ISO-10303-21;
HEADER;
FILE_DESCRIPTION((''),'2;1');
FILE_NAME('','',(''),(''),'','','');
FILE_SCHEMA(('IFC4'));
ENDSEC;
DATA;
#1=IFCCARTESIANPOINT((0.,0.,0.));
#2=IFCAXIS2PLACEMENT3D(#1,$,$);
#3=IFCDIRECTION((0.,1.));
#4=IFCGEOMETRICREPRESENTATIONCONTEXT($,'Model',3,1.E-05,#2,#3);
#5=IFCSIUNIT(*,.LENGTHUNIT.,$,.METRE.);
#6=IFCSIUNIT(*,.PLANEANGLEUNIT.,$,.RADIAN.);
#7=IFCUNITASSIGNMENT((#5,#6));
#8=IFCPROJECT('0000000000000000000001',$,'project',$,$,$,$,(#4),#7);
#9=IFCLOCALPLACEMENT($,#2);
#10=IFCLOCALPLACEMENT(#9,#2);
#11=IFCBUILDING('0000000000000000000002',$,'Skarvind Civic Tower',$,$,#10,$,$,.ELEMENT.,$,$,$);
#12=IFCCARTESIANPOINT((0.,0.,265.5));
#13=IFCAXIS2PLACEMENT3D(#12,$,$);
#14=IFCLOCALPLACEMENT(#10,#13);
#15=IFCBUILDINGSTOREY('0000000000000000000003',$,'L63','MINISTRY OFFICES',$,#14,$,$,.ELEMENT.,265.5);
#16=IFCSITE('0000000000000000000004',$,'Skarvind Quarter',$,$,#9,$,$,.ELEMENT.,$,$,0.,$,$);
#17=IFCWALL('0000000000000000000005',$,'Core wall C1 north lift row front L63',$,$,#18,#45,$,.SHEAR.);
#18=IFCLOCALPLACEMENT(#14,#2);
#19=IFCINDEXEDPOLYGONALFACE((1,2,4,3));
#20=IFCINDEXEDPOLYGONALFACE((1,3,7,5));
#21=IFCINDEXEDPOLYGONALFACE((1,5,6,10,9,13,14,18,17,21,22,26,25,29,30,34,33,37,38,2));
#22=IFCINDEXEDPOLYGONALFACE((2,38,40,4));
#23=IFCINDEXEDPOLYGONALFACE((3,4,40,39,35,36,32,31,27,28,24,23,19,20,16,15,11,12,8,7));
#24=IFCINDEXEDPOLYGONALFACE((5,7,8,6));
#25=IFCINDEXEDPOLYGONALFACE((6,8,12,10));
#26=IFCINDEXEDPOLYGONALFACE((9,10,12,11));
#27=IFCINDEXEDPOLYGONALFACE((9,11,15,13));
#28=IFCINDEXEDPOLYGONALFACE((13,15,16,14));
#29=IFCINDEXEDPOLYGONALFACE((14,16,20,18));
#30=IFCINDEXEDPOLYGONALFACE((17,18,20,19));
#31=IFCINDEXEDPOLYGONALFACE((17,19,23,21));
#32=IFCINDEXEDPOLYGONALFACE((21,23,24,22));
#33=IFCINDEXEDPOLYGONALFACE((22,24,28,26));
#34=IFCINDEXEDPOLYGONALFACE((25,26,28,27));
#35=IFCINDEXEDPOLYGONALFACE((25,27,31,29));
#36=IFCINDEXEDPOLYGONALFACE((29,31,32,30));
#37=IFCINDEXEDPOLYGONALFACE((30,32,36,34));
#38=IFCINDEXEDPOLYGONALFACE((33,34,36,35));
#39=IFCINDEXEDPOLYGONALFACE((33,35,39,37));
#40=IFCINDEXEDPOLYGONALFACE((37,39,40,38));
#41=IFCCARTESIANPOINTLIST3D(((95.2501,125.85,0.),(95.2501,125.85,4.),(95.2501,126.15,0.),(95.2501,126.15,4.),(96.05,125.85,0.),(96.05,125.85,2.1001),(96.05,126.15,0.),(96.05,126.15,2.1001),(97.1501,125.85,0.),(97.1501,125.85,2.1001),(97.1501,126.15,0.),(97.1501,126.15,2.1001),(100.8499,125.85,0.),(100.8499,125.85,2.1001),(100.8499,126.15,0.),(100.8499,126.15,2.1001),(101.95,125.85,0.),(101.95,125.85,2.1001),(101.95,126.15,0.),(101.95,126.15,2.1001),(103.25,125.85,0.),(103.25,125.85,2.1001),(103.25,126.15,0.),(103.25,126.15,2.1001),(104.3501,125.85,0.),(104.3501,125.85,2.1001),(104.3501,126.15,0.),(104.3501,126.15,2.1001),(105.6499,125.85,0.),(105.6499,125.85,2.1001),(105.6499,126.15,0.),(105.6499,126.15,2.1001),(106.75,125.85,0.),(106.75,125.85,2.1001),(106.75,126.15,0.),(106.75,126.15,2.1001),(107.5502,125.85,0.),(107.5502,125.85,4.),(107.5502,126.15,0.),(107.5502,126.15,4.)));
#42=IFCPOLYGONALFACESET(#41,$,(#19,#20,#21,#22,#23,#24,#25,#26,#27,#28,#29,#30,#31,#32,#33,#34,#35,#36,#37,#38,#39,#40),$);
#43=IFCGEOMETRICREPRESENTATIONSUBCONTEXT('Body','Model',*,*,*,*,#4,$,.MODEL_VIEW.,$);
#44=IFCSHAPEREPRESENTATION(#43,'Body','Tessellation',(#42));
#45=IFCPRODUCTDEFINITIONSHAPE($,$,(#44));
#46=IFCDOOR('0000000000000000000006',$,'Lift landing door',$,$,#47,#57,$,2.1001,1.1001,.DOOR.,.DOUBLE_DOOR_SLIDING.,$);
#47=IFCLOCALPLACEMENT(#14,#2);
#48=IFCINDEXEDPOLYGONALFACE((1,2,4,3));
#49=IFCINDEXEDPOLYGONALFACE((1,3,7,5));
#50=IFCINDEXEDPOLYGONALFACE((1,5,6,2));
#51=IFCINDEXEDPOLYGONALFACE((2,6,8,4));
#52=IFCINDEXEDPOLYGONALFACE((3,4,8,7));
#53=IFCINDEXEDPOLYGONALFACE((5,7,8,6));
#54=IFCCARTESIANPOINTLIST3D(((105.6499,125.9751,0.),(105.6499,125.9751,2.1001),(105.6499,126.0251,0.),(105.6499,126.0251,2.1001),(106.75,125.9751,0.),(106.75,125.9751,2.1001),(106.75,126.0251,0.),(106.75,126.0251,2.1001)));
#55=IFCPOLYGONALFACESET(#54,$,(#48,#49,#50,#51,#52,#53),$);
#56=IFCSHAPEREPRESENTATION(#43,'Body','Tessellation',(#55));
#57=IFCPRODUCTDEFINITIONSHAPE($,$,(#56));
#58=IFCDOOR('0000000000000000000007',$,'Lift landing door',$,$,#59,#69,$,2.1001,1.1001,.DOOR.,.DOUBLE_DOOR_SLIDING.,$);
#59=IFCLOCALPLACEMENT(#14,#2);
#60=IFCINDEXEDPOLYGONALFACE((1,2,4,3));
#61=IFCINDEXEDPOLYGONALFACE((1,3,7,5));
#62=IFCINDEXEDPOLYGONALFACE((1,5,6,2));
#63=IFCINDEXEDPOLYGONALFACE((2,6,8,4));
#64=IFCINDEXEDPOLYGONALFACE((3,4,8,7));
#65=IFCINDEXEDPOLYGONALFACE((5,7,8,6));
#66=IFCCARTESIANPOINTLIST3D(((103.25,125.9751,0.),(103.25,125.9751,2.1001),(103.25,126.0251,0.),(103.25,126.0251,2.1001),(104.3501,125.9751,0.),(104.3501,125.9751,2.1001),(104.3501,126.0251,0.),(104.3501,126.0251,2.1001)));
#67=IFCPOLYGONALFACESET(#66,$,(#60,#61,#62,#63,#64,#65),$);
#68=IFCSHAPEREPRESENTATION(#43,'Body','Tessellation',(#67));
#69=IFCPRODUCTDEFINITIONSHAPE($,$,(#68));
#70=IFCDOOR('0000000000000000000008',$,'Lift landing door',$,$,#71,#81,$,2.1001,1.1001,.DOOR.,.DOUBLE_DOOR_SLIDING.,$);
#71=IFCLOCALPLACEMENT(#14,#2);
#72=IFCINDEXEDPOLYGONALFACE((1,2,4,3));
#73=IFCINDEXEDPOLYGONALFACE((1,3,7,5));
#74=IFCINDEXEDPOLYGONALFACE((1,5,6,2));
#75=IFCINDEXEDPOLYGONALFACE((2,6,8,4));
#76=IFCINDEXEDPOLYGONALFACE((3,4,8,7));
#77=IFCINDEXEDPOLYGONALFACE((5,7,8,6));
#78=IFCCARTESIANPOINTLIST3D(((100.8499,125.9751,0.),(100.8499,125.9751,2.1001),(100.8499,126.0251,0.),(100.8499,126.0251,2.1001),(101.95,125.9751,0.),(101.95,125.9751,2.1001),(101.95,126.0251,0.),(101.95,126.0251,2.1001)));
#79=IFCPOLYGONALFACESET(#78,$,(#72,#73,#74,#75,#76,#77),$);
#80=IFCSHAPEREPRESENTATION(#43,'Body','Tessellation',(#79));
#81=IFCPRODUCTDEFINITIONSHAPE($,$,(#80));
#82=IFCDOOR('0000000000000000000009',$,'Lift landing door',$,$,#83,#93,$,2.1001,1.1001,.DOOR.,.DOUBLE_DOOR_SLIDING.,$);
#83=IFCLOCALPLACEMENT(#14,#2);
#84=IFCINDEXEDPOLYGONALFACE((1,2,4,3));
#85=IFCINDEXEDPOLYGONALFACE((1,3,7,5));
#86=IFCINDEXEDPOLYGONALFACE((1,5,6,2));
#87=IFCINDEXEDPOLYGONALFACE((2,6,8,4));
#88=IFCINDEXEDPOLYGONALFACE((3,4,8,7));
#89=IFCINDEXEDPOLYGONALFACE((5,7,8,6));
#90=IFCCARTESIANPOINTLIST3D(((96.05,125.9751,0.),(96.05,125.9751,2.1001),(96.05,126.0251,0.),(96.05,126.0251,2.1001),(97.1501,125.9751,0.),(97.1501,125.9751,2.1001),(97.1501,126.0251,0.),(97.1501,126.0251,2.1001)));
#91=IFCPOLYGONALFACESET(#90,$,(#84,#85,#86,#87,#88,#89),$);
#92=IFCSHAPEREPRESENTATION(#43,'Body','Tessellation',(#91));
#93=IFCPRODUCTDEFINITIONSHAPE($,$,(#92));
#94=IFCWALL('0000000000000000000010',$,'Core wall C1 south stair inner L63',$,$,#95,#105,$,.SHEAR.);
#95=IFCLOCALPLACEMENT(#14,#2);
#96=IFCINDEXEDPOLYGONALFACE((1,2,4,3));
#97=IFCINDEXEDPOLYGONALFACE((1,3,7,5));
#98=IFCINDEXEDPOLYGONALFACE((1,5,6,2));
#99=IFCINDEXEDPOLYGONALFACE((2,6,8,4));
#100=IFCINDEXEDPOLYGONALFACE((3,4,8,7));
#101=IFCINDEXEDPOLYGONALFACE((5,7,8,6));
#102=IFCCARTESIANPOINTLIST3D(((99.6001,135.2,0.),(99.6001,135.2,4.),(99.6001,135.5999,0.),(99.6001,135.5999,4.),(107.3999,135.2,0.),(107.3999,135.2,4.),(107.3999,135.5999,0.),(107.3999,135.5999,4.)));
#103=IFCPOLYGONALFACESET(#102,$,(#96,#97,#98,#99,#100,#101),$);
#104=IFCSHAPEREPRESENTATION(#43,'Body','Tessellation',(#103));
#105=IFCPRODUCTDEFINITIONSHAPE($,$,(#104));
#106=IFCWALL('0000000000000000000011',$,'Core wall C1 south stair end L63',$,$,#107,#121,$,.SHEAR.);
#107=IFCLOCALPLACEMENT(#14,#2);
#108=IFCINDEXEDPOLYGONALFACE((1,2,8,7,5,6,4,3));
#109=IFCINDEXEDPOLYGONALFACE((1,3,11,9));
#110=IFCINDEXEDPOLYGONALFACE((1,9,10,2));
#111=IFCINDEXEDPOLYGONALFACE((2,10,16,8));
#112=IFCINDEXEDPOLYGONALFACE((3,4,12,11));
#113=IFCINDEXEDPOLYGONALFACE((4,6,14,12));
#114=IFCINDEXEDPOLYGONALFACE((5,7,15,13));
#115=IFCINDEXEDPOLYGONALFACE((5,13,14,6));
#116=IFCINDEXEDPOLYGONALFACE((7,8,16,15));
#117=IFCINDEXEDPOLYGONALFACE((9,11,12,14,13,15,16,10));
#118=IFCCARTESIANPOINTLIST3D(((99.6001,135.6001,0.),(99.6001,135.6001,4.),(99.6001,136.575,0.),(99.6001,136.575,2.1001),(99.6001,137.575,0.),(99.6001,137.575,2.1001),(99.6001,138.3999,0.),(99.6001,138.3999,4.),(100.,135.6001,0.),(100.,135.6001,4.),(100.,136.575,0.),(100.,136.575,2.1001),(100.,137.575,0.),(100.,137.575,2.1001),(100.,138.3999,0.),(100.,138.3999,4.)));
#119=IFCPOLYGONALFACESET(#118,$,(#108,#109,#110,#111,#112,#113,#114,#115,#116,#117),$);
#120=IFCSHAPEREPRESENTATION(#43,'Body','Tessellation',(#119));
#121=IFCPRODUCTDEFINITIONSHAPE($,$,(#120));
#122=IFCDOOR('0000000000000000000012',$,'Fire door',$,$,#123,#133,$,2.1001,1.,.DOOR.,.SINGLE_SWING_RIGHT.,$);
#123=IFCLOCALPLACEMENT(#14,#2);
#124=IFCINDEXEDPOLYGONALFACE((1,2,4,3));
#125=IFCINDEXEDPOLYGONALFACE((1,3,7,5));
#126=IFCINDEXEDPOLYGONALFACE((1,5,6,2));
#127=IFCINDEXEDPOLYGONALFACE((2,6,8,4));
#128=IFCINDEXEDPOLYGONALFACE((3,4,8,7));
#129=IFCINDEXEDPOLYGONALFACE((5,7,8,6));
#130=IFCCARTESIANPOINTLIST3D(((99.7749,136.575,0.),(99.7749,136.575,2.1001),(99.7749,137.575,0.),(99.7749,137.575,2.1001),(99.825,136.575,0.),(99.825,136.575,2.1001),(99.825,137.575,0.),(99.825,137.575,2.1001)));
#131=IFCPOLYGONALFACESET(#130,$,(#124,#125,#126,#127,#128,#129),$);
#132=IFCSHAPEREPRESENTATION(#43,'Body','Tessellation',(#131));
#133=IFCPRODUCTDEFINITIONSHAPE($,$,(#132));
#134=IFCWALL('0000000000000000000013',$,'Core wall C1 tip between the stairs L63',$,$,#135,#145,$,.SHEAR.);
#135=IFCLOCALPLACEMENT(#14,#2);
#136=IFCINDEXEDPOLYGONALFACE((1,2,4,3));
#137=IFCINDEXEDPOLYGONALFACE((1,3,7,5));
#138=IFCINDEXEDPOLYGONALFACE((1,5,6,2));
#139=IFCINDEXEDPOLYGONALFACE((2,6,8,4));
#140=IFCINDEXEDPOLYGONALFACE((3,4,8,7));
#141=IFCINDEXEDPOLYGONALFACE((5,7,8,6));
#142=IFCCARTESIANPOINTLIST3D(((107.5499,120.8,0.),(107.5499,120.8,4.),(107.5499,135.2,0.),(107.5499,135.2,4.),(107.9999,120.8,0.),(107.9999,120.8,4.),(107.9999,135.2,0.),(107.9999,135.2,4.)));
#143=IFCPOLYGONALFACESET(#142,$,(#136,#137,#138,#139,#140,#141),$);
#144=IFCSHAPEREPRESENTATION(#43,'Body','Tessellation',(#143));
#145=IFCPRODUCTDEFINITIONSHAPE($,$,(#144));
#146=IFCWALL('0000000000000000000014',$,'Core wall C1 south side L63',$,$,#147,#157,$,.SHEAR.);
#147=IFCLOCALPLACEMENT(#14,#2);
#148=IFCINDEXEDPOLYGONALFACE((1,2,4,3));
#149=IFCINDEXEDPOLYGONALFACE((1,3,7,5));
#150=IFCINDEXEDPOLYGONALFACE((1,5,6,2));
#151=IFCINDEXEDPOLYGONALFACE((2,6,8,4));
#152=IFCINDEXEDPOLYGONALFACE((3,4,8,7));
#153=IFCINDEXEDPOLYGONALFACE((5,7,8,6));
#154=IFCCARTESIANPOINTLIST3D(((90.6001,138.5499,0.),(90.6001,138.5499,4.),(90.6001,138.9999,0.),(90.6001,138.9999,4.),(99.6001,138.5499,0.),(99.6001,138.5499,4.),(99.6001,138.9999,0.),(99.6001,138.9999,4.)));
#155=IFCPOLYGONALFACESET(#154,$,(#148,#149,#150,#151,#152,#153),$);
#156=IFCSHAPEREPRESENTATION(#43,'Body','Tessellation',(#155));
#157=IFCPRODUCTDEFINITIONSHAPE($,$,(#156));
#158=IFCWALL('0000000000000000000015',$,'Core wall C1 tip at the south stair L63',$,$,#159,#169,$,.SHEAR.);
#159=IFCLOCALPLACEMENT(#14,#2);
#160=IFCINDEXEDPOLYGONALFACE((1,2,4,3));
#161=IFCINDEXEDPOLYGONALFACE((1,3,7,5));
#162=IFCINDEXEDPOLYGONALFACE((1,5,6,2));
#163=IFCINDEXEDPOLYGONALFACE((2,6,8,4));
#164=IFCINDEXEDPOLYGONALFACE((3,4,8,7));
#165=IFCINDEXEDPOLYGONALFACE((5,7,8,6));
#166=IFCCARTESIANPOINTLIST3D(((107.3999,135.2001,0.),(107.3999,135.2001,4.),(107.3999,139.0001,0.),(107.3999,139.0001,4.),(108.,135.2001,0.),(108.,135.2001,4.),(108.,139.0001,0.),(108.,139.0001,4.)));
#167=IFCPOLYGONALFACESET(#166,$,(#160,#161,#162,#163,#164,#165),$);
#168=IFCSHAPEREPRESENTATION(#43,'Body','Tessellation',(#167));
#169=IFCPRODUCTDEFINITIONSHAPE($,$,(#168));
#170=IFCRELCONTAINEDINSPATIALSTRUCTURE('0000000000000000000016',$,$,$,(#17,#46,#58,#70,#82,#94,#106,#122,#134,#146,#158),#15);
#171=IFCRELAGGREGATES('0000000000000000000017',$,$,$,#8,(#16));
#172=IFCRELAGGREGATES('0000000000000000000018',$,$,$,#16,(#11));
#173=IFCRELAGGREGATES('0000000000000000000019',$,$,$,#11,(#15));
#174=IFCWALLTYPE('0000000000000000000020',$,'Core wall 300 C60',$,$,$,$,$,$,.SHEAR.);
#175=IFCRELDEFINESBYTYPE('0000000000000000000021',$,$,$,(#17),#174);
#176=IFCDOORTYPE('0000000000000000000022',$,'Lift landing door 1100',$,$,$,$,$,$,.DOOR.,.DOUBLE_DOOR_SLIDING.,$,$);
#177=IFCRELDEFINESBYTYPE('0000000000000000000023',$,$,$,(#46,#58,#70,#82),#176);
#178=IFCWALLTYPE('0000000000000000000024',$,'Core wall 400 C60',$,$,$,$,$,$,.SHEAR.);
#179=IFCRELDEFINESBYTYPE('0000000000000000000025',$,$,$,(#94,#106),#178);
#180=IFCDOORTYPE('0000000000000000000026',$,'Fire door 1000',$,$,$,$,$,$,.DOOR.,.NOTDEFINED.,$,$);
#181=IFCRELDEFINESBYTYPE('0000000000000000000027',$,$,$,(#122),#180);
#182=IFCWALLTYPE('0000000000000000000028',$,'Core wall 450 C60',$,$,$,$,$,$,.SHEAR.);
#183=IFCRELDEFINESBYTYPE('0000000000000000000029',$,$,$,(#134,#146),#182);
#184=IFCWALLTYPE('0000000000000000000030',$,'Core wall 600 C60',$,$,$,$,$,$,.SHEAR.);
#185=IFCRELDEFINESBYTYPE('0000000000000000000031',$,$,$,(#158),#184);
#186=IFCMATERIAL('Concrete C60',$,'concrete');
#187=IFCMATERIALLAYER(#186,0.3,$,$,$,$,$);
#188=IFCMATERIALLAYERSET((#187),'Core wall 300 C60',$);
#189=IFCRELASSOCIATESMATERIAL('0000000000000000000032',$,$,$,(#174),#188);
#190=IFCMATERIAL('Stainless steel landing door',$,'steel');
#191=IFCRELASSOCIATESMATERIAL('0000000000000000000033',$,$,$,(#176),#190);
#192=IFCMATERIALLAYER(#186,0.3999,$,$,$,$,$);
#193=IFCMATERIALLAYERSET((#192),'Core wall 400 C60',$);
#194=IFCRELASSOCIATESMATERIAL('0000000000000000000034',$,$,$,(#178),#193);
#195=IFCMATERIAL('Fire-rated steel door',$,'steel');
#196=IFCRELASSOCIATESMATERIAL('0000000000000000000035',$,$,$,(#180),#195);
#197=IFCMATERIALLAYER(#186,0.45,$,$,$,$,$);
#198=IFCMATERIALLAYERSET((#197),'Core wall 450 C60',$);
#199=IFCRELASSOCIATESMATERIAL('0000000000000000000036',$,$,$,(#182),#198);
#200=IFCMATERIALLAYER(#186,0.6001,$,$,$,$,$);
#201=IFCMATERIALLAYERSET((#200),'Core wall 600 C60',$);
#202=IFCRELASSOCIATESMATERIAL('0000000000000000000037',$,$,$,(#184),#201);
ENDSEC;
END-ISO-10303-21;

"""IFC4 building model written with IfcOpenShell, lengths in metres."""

from ifc_helpers import new_model, si_unit, direction, frame, frame_2d, origin, place, context, subcontext, project, spatial, rectangle, extrude, material, layer, layer_set, type_object, element, fill, save


model = new_model("IFC4")

# Units and contexts
model_context = context("Model", 3, precision=1e-05, world=origin(), true_north=direction((0.0, 1.0)))
body_context = subcontext(model_context, "Body", "Model", "MODEL_VIEW")
ifc_project = project(units=[si_unit("LENGTHUNIT", "METRE"), si_unit("PLANEANGLEUNIT", "RADIAN")], contexts=[model_context])

# Site, building, storey
site_placement = place(None, origin())
site = spatial("IfcSite", under=ifc_project, at=site_placement, Name="Skarvind Quarter", CompositionType="ELEMENT", RefElevation=0.0)
building_placement = place(site_placement, origin())
building = spatial("IfcBuilding", under=site, at=building_placement, Name="Skarvind Civic Tower", CompositionType="ELEMENT")
storey_placement = place(building_placement, frame((0.0, 0.0, 265.5)))
storey = spatial("IfcBuildingStorey", under=building, at=storey_placement, Name="L63", Description="MINISTRY OFFICES", CompositionType="ELEMENT", Elevation=265.5)

# Shared definitions
ifc_material_1 = material(Name="Concrete C60", Category="concrete")
ifc_layer_1 = layer(ifc_material_1, 0.3)
ifc_layer_set_1 = layer_set([ifc_layer_1], Name="Core wall 300 C60")
wall_type_1 = type_object("IfcWallType", Name="Core wall 300 C60", PredefinedType="SHEAR", material=ifc_layer_set_1)
ifc_material_2 = material(Name="Fire-rated steel door", Category="steel")

# Shared definitions
ifc_material_3 = material(Name="Stainless steel landing door", Category="steel")
door_type_1 = type_object("IfcDoorType", Name="Lift landing door 1100", OperationType="DOUBLE_DOOR_SLIDING", PredefinedType="DOOR", material=ifc_material_3)

# Wall, openings, doors
wall_1_placement = place(storey_placement, frame((107.55, 126.0, 0.0), z_axis=(0.0, 0.0, 1.0), x_axis=(-1.0, 0.0, 0.0)))
wall_1 = element("IfcWall", 1, at=wall_1_placement, inside=storey, type_object=wall_type_1, Name="Core wall C1 north lift row front L63", PredefinedType="SHEAR", context=body_context, shape_type="SweptSolid", body=[
    extrude(rectangle(XDim=12.3, YDim=0.3, at=frame_2d((6.1499, 0.0))), origin(), (0.0, 0.0, 1.0), 4.0),
])
opening_1_placement = place(wall_1_placement, frame((0.8, 0.0, 0.0)))
opening_1 = element("IfcOpeningElement", 2, at=opening_1_placement, cuts=wall_1, PredefinedType="OPENING", context=body_context, shape_type="SweptSolid", body=[
    extrude(rectangle(XDim=1.1001, YDim=2.1001, at=frame_2d((0.55, 1.05))), frame((0.0, 0.1599, 0.0), z_axis=(0.0, -1.0, 0.0), x_axis=(1.0, 0.0, 0.0)), (0.0, 0.0, 1.0), 0.3201),
])
opening_2_placement = place(wall_1_placement, frame((3.2, 0.0, 0.0)))
opening_2 = element("IfcOpeningElement", 3, at=opening_2_placement, cuts=wall_1, PredefinedType="OPENING", context=body_context, shape_type="SweptSolid", body=[
    extrude(rectangle(XDim=1.1001, YDim=2.1001, at=frame_2d((0.55, 1.05))), frame((0.0, 0.1599, 0.0), z_axis=(0.0, -1.0, 0.0), x_axis=(1.0, 0.0, 0.0)), (0.0, 0.0, 1.0), 0.3201),
])
opening_3_placement = place(wall_1_placement, frame((5.6001, 0.0, 0.0)))
opening_3 = element("IfcOpeningElement", 4, at=opening_3_placement, cuts=wall_1, PredefinedType="OPENING", context=body_context, shape_type="SweptSolid", body=[
    extrude(rectangle(XDim=1.1001, YDim=2.1001, at=frame_2d((0.55, 1.05))), frame((0.0, 0.1599, 0.0), z_axis=(0.0, -1.0, 0.0), x_axis=(1.0, 0.0, 0.0)), (0.0, 0.0, 1.0), 0.3201),
])
opening_4_placement = place(wall_1_placement, frame((10.3999, 0.0, 0.0)))
opening_4 = element("IfcOpeningElement", 5, at=opening_4_placement, cuts=wall_1, PredefinedType="OPENING", context=body_context, shape_type="SweptSolid", body=[
    extrude(rectangle(XDim=1.1001, YDim=2.1001, at=frame_2d((0.55, 1.05))), frame((0.0, 0.1599, 0.0), z_axis=(0.0, -1.0, 0.0), x_axis=(1.0, 0.0, 0.0)), (0.0, 0.0, 1.0), 0.3201),
])
door_1_placement = place(opening_1_placement, origin())
door_1 = element("IfcDoor", 6, at=door_1_placement, inside=storey, type_object=door_type_1, Name="Lift landing door", OperationType="DOUBLE_DOOR_SLIDING", OverallHeight=2.1001, OverallWidth=1.1001, PredefinedType="DOOR", context=body_context, shape_type="SweptSolid", body=[
    extrude(rectangle(XDim=1.1001, YDim=2.1001, at=frame_2d((0.55, 1.05))), frame((0.0, 0.0249, 0.0), z_axis=(0.0, -1.0, 0.0), x_axis=(1.0, 0.0, 0.0)), (0.0, 0.0, 1.0), 0.05),
])
fill(opening_1, door_1)
door_2_placement = place(opening_2_placement, origin())
door_2 = element("IfcDoor", 7, at=door_2_placement, inside=storey, type_object=door_type_1, Name="Lift landing door", OperationType="DOUBLE_DOOR_SLIDING", OverallHeight=2.1001, OverallWidth=1.1001, PredefinedType="DOOR", context=body_context, shape_type="SweptSolid", body=[
    extrude(rectangle(XDim=1.1001, YDim=2.1001, at=frame_2d((0.55, 1.05))), frame((0.0, 0.0249, 0.0), z_axis=(0.0, -1.0, 0.0), x_axis=(1.0, 0.0, 0.0)), (0.0, 0.0, 1.0), 0.05),
])
fill(opening_2, door_2)
door_3_placement = place(opening_3_placement, origin())
door_3 = element("IfcDoor", 8, at=door_3_placement, inside=storey, type_object=door_type_1, Name="Lift landing door", OperationType="DOUBLE_DOOR_SLIDING", OverallHeight=2.1001, OverallWidth=1.1001, PredefinedType="DOOR", context=body_context, shape_type="SweptSolid", body=[
    extrude(rectangle(XDim=1.1001, YDim=2.1001, at=frame_2d((0.55, 1.05))), frame((0.0, 0.0249, 0.0), z_axis=(0.0, -1.0, 0.0), x_axis=(1.0, 0.0, 0.0)), (0.0, 0.0, 1.0), 0.05),
])
fill(opening_3, door_3)
door_4_placement = place(opening_4_placement, origin())
door_4 = element("IfcDoor", 9, at=door_4_placement, inside=storey, type_object=door_type_1, Name="Lift landing door", OperationType="DOUBLE_DOOR_SLIDING", OverallHeight=2.1001, OverallWidth=1.1001, PredefinedType="DOOR", context=body_context, shape_type="SweptSolid", body=[
    extrude(rectangle(XDim=1.1001, YDim=2.1001, at=frame_2d((0.55, 1.05))), frame((0.0, 0.0249, 0.0), z_axis=(0.0, -1.0, 0.0), x_axis=(1.0, 0.0, 0.0)), (0.0, 0.0, 1.0), 0.05),
])
fill(opening_4, door_4)

# Wall
ifc_layer_2 = layer(ifc_material_1, 0.3999)
ifc_layer_set_2 = layer_set([ifc_layer_2], Name="Core wall 400 C60")
wall_type_2 = type_object("IfcWallType", Name="Core wall 400 C60", PredefinedType="SHEAR", material=ifc_layer_set_2)
wall_2_placement = place(storey_placement, frame((107.3999, 135.3999, 0.0), z_axis=(0.0, 0.0, 1.0), x_axis=(-1.0, 0.0, 0.0)))
element("IfcWall", 10, at=wall_2_placement, inside=storey, type_object=wall_type_2, Name="Core wall C1 south stair inner L63", PredefinedType="SHEAR", context=body_context, shape_type="SweptSolid", body=[
    extrude(rectangle(XDim=7.7998, YDim=0.3999, at=frame_2d((3.8999, 0.0))), origin(), (0.0, 0.0, 1.0), 4.0),
])

# Wall, opening, door
wall_3_placement = place(storey_placement, frame((99.8, 138.3999, 0.0), z_axis=(0.0, 0.0, 1.0), x_axis=(0.0, -1.0, 0.0)))
wall_3 = element("IfcWall", 11, at=wall_3_placement, inside=storey, type_object=wall_type_2, Name="Core wall C1 south stair end L63", PredefinedType="SHEAR", context=body_context, shape_type="SweptSolid", body=[
    extrude(rectangle(XDim=2.7998, YDim=0.3999, at=frame_2d((1.3999, 0.0))), origin(), (0.0, 0.0, 1.0), 4.0),
])
opening_5_placement = place(wall_3_placement, frame((0.825, 0.0, 0.0)))
opening_5 = element("IfcOpeningElement", 12, at=opening_5_placement, cuts=wall_3, PredefinedType="OPENING", context=body_context, shape_type="SweptSolid", body=[
    extrude(rectangle(XDim=1.0, YDim=2.1001, at=frame_2d((0.5, 1.05))), frame((0.0, 0.21, 0.0), z_axis=(0.0, -1.0, 0.0), x_axis=(1.0, 0.0, 0.0)), (0.0, 0.0, 1.0), 0.4199),
])
door_type_2 = type_object("IfcDoorType", Name="Fire door 1000", OperationType="NOTDEFINED", PredefinedType="DOOR", material=ifc_material_2)
door_5_placement = place(opening_5_placement, origin())
door_5 = element("IfcDoor", 13, at=door_5_placement, inside=storey, type_object=door_type_2, Name="Fire door", OperationType="SINGLE_SWING_RIGHT", OverallHeight=2.1001, OverallWidth=1.0, PredefinedType="DOOR", context=body_context, shape_type="SweptSolid", body=[
    extrude(rectangle(XDim=1.0, YDim=2.1001, at=frame_2d((0.5, 1.05))), frame((0.0, 0.0249, 0.0), z_axis=(0.0, -1.0, 0.0), x_axis=(1.0, 0.0, 0.0)), (0.0, 0.0, 1.0), 0.05),
])
fill(opening_5, door_5)

# Walls
ifc_layer_3 = layer(ifc_material_1, 0.45)
ifc_layer_set_3 = layer_set([ifc_layer_3], Name="Core wall 450 C60")
wall_type_3 = type_object("IfcWallType", Name="Core wall 450 C60", PredefinedType="SHEAR", material=ifc_layer_set_3)
wall_4_placement = place(storey_placement, frame((107.7749, 135.2, 0.0), z_axis=(0.0, 0.0, 1.0), x_axis=(0.0, -1.0, 0.0)))
element("IfcWall", 14, at=wall_4_placement, inside=storey, type_object=wall_type_3, Name="Core wall C1 tip between the stairs L63", PredefinedType="SHEAR", context=body_context, shape_type="SweptSolid", body=[
    extrude(rectangle(XDim=14.3999, YDim=0.45, at=frame_2d((7.2, 0.0))), origin(), (0.0, 0.0, 1.0), 4.0),
])
wall_5_placement = place(storey_placement, frame((99.6001, 138.7749, 0.0), z_axis=(0.0, 0.0, 1.0), x_axis=(-1.0, 0.0, 0.0)))
element("IfcWall", 15, at=wall_5_placement, inside=storey, type_object=wall_type_3, Name="Core wall C1 south side L63", PredefinedType="SHEAR", context=body_context, shape_type="SweptSolid", body=[
    extrude(rectangle(XDim=9.0, YDim=0.45, at=frame_2d((4.5, 0.0))), origin(), (0.0, 0.0, 1.0), 4.0),
])
ifc_layer_4 = layer(ifc_material_1, 0.6001)
ifc_layer_set_4 = layer_set([ifc_layer_4], Name="Core wall 600 C60")
wall_type_4 = type_object("IfcWallType", Name="Core wall 600 C60", PredefinedType="SHEAR", material=ifc_layer_set_4)
wall_6_placement = place(storey_placement, frame((107.7, 139.0, 0.0), z_axis=(0.0, 0.0, 1.0), x_axis=(0.0, -1.0, 0.0)))
element("IfcWall", 16, at=wall_6_placement, inside=storey, type_object=wall_type_4, Name="Core wall C1 tip at the south stair L63", PredefinedType="SHEAR", context=body_context, shape_type="SweptSolid", body=[
    extrude(rectangle(XDim=3.8, YDim=0.6001, at=frame_2d((1.8999, 0.0))), origin(), (0.0, 0.0, 1.0), 4.0),
])

save(model, "model.ifc")
